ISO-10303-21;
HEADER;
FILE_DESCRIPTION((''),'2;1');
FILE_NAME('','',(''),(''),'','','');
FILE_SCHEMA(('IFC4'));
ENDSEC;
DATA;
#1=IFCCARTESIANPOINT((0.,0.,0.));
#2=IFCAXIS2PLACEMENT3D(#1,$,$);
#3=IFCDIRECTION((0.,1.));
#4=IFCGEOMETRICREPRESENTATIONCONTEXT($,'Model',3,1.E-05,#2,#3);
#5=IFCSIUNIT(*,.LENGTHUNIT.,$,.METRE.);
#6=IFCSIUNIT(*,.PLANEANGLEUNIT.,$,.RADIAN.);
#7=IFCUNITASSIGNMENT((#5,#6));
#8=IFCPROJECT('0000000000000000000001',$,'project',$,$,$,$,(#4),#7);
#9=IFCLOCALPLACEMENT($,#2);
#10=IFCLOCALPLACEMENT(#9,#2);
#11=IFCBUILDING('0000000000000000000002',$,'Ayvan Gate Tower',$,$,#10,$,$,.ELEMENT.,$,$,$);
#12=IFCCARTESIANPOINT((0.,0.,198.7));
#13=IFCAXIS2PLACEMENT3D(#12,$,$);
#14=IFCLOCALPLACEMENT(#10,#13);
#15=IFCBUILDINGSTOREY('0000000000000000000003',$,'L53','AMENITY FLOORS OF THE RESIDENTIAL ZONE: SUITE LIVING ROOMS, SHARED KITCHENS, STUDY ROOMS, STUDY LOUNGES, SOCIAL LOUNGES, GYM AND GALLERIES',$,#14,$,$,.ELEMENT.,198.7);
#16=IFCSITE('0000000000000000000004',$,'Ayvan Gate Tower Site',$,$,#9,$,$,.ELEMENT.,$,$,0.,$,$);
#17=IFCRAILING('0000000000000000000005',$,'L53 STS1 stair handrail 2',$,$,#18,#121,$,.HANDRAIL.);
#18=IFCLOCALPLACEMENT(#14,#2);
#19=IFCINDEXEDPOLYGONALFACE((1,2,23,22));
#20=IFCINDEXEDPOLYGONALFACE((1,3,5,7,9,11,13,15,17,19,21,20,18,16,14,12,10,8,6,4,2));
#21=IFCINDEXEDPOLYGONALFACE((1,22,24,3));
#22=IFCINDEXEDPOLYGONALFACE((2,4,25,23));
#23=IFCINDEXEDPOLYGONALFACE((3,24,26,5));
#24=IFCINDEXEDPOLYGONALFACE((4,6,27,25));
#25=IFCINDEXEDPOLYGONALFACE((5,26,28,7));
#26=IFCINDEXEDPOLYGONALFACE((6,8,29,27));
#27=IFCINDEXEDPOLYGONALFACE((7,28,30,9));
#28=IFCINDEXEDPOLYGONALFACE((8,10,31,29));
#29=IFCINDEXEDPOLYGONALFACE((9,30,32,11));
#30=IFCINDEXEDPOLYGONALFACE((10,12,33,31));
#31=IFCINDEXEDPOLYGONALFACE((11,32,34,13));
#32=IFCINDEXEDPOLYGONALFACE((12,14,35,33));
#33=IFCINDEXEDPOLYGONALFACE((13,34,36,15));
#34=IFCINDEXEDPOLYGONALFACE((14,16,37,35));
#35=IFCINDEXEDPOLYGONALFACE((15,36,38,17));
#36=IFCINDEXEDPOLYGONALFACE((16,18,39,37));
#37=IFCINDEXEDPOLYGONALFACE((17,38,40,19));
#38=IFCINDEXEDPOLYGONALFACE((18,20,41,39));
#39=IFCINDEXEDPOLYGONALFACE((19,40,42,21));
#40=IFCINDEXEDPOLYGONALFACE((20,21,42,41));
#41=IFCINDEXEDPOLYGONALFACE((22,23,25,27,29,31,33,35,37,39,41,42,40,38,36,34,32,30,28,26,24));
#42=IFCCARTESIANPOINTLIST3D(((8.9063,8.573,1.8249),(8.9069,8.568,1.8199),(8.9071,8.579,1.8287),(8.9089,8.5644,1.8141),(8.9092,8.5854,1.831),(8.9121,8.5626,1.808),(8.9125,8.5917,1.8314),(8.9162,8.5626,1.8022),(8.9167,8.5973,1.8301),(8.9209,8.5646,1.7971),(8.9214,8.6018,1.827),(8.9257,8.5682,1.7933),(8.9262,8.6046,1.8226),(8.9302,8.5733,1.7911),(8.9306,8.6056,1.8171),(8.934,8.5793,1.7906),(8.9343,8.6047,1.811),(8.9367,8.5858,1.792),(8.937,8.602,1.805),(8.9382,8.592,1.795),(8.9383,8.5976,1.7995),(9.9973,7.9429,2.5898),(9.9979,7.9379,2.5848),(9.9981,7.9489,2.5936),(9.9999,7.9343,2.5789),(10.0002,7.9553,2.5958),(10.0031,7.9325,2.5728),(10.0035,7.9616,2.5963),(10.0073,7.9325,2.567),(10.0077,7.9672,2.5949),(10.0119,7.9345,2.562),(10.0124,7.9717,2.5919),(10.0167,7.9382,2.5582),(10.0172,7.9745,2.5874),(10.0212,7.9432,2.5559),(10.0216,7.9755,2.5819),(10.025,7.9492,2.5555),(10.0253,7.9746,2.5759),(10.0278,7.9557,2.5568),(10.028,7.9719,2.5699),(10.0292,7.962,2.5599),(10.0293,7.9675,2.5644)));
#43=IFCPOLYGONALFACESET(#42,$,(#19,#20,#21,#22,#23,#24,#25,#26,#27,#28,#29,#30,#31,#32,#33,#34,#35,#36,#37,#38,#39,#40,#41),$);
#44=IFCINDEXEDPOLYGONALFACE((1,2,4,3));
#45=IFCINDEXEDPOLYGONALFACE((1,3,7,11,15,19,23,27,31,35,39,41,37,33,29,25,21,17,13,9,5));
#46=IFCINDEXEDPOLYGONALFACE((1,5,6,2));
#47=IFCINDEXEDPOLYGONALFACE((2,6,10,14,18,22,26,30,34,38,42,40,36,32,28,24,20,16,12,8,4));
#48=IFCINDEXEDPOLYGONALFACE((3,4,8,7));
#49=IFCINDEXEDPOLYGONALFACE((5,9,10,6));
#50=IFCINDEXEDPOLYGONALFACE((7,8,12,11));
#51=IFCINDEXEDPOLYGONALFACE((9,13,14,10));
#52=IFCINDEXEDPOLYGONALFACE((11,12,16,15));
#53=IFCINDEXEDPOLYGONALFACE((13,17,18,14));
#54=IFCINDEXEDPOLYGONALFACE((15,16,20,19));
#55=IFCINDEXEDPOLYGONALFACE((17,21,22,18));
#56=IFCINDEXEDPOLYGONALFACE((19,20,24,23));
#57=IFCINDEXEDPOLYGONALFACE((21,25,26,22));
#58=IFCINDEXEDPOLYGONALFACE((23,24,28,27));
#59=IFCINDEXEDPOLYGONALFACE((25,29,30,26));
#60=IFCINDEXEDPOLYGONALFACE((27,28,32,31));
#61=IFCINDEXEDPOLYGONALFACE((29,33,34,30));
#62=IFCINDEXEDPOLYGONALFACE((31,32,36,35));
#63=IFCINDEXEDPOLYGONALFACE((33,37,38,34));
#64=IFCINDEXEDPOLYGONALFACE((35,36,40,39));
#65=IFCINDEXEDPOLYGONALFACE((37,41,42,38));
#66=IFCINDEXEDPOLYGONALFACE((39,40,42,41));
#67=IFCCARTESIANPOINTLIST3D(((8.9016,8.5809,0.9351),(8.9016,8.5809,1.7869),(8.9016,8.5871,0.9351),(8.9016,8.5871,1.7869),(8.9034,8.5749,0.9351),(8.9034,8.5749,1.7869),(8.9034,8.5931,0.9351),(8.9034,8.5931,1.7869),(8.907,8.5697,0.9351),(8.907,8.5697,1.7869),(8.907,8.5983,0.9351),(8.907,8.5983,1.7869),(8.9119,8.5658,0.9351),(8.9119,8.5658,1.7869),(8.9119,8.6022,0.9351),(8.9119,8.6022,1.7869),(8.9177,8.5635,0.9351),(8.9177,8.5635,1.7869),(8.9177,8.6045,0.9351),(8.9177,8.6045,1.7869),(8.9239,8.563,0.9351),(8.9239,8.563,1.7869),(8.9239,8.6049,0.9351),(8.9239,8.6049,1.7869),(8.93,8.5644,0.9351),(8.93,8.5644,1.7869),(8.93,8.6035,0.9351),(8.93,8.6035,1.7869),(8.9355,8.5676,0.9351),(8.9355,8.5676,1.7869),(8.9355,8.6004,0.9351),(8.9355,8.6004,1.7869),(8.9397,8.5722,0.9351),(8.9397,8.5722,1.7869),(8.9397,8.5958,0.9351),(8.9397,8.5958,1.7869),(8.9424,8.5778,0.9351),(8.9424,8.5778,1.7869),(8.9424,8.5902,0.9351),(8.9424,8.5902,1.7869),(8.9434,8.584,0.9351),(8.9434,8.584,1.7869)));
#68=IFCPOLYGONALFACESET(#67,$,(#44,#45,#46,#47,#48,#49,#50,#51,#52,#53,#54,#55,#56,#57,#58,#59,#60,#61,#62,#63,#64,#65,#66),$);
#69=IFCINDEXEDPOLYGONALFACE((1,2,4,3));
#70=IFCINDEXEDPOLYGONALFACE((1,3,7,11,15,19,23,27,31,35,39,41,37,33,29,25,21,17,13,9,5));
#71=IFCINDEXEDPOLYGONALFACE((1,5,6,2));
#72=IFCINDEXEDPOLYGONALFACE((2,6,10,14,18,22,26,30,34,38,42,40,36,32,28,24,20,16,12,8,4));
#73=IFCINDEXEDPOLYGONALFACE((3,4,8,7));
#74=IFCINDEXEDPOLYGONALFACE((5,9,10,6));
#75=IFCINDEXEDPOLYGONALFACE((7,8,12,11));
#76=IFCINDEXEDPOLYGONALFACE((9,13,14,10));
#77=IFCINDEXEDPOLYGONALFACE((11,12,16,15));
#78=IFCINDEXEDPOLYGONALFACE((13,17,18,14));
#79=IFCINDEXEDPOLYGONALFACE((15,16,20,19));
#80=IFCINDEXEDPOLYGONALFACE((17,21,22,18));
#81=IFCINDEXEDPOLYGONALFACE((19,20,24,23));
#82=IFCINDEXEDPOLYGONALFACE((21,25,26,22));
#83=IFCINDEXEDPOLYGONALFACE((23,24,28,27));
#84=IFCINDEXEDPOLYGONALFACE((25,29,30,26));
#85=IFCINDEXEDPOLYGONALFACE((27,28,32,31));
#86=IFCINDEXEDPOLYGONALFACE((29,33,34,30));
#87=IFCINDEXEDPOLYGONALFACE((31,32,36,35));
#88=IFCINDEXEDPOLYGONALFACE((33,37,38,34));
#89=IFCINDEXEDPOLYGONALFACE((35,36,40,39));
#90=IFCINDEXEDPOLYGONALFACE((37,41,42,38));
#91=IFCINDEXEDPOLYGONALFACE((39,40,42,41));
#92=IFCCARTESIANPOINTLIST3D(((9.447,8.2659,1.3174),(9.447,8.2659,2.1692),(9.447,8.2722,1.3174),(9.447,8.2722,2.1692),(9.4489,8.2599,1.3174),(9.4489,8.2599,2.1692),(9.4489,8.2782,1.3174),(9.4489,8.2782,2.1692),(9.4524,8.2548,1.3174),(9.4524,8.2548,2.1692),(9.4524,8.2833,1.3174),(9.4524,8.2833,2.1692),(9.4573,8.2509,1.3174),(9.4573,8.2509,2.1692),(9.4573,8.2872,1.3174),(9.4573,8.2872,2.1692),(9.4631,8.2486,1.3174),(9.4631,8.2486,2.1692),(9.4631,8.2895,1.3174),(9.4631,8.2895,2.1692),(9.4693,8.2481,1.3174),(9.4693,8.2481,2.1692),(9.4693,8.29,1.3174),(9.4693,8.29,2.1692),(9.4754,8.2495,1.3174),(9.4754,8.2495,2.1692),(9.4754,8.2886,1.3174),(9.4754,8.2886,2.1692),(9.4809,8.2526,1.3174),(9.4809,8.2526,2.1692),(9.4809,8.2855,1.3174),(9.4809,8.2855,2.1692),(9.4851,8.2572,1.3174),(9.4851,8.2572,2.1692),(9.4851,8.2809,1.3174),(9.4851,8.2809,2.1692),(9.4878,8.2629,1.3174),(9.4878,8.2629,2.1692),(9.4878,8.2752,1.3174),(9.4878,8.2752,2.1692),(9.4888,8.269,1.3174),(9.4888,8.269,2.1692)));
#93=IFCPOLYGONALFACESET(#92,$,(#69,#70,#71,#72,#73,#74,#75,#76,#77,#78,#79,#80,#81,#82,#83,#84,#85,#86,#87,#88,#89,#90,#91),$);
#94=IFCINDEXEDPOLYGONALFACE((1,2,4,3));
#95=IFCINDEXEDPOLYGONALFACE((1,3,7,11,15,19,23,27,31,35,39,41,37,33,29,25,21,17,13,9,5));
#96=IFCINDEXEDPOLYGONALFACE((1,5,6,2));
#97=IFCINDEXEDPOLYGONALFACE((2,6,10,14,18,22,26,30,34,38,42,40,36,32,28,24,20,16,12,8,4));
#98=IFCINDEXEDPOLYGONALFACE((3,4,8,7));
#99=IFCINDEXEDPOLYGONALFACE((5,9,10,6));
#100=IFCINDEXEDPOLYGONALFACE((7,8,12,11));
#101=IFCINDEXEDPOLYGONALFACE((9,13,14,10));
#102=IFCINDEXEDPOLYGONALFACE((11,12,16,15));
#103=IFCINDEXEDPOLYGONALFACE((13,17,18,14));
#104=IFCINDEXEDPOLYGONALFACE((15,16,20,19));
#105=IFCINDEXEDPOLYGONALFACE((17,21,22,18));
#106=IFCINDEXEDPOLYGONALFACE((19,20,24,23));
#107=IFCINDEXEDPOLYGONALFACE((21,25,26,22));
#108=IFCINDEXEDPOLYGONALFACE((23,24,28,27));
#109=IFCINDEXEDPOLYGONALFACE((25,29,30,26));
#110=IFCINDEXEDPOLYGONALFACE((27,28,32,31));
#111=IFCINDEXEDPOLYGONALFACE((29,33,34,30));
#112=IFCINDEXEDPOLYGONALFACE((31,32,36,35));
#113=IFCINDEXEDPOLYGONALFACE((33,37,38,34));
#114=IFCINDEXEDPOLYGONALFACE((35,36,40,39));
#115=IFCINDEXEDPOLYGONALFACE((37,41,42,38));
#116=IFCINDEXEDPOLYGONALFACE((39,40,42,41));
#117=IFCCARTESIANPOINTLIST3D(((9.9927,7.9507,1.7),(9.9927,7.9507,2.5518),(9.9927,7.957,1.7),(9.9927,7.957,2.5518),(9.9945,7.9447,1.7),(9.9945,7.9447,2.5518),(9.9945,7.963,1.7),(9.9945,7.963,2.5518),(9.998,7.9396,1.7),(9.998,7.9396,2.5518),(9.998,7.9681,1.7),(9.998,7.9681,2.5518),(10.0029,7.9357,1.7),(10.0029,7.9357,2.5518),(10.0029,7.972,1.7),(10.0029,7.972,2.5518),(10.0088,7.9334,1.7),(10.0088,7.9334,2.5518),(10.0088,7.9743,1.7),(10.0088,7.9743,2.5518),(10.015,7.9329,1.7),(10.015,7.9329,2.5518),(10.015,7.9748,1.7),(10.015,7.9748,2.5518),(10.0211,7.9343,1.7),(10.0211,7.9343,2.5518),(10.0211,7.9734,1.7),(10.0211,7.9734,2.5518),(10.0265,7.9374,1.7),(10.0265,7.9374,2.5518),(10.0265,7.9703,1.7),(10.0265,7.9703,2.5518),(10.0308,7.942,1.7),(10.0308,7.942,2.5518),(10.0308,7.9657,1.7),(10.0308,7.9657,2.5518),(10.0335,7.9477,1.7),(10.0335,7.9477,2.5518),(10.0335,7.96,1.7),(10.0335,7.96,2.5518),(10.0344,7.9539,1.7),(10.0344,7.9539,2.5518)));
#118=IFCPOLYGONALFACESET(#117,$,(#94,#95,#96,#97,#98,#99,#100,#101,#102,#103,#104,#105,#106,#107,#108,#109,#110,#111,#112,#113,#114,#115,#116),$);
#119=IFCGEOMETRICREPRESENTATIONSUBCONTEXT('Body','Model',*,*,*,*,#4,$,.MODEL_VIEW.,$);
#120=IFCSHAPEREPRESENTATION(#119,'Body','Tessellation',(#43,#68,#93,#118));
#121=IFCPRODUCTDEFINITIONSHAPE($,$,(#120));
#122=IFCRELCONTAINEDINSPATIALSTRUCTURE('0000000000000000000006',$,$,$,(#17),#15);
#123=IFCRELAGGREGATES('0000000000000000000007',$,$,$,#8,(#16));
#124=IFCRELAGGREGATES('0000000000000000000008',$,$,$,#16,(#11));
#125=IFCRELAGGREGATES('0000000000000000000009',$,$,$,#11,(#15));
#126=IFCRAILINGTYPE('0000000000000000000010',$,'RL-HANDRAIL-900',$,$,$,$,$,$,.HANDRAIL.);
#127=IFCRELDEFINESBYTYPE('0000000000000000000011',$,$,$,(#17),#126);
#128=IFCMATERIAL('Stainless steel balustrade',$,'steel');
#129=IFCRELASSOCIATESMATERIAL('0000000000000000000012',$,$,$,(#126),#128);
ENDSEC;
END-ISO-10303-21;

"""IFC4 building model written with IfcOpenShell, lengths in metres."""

from ifc_helpers import new_model, si_unit, direction, frame, origin, origin_2d, place, context, subcontext, project, spatial, circle, extrude, material, type_object, element, save


model = new_model("IFC4")

# Units and contexts
model_context = context("Model", 3, precision=1e-05, world=origin(), true_north=direction((0.0, 1.0)))
body_context = subcontext(model_context, "Body", "Model", "MODEL_VIEW")
ifc_project = project(units=[si_unit("LENGTHUNIT", "METRE"), si_unit("PLANEANGLEUNIT", "RADIAN")], contexts=[model_context])

# Site, building, storey
site_placement = place(None, origin())
site = spatial("IfcSite", under=ifc_project, at=site_placement, Name="Ayvan Gate Tower Site", CompositionType="ELEMENT", RefElevation=0.0)
building_placement = place(site_placement, origin())
building = spatial("IfcBuilding", under=site, at=building_placement, Name="Ayvan Gate Tower", CompositionType="ELEMENT")
storey_placement = place(building_placement, frame((0.0, 0.0, 198.7)))
storey = spatial("IfcBuildingStorey", under=building, at=storey_placement, Name="L53", Description="AMENITY FLOORS OF THE RESIDENTIAL ZONE: SUITE LIVING ROOMS, SHARED KITCHENS, STUDY ROOMS, STUDY LOUNGES, SOCIAL LOUNGES, GYM AND GALLERIES", CompositionType="ELEMENT", Elevation=198.7)

# Railing
ifc_material_1 = material(Name="Stainless steel balustrade", Category="steel")
railing_type_1 = type_object("IfcRailingType", Name="RL-HANDRAIL-900", PredefinedType="HANDRAIL", material=ifc_material_1)
railing_1_placement = place(storey_placement, frame((8.9224, 8.584, 0.9351)))
element("IfcRailing", 1, at=railing_1_placement, inside=storey, type_object=railing_type_1, Name="L53 STS1 stair handrail 2", PredefinedType="HANDRAIL", context=body_context, shape_type="SweptSolid", body=[
    extrude(circle(Radius=0.0239, at=origin_2d()), frame((0.0, 0.0, 0.876), z_axis=(0.740229, -0.427508, 0.518939), x_axis=(0.500119, 0.865956, 0.0)), (0.0, 0.0, 1.0), 1.4739),
    extrude(circle(Radius=0.021, at=origin_2d()), origin(), (0.0, 0.0, 1.0), 0.8518),
    extrude(circle(Radius=0.021, at=origin_2d()), frame((0.5454, -0.3149, 0.3823)), (0.0, 0.0, 1.0), 0.8518),
    extrude(circle(Radius=0.021, at=origin_2d()), frame((1.0911, -0.6301, 0.7649)), (0.0, 0.0, 1.0), 0.8518),
])

save(model, "model.ifc")
